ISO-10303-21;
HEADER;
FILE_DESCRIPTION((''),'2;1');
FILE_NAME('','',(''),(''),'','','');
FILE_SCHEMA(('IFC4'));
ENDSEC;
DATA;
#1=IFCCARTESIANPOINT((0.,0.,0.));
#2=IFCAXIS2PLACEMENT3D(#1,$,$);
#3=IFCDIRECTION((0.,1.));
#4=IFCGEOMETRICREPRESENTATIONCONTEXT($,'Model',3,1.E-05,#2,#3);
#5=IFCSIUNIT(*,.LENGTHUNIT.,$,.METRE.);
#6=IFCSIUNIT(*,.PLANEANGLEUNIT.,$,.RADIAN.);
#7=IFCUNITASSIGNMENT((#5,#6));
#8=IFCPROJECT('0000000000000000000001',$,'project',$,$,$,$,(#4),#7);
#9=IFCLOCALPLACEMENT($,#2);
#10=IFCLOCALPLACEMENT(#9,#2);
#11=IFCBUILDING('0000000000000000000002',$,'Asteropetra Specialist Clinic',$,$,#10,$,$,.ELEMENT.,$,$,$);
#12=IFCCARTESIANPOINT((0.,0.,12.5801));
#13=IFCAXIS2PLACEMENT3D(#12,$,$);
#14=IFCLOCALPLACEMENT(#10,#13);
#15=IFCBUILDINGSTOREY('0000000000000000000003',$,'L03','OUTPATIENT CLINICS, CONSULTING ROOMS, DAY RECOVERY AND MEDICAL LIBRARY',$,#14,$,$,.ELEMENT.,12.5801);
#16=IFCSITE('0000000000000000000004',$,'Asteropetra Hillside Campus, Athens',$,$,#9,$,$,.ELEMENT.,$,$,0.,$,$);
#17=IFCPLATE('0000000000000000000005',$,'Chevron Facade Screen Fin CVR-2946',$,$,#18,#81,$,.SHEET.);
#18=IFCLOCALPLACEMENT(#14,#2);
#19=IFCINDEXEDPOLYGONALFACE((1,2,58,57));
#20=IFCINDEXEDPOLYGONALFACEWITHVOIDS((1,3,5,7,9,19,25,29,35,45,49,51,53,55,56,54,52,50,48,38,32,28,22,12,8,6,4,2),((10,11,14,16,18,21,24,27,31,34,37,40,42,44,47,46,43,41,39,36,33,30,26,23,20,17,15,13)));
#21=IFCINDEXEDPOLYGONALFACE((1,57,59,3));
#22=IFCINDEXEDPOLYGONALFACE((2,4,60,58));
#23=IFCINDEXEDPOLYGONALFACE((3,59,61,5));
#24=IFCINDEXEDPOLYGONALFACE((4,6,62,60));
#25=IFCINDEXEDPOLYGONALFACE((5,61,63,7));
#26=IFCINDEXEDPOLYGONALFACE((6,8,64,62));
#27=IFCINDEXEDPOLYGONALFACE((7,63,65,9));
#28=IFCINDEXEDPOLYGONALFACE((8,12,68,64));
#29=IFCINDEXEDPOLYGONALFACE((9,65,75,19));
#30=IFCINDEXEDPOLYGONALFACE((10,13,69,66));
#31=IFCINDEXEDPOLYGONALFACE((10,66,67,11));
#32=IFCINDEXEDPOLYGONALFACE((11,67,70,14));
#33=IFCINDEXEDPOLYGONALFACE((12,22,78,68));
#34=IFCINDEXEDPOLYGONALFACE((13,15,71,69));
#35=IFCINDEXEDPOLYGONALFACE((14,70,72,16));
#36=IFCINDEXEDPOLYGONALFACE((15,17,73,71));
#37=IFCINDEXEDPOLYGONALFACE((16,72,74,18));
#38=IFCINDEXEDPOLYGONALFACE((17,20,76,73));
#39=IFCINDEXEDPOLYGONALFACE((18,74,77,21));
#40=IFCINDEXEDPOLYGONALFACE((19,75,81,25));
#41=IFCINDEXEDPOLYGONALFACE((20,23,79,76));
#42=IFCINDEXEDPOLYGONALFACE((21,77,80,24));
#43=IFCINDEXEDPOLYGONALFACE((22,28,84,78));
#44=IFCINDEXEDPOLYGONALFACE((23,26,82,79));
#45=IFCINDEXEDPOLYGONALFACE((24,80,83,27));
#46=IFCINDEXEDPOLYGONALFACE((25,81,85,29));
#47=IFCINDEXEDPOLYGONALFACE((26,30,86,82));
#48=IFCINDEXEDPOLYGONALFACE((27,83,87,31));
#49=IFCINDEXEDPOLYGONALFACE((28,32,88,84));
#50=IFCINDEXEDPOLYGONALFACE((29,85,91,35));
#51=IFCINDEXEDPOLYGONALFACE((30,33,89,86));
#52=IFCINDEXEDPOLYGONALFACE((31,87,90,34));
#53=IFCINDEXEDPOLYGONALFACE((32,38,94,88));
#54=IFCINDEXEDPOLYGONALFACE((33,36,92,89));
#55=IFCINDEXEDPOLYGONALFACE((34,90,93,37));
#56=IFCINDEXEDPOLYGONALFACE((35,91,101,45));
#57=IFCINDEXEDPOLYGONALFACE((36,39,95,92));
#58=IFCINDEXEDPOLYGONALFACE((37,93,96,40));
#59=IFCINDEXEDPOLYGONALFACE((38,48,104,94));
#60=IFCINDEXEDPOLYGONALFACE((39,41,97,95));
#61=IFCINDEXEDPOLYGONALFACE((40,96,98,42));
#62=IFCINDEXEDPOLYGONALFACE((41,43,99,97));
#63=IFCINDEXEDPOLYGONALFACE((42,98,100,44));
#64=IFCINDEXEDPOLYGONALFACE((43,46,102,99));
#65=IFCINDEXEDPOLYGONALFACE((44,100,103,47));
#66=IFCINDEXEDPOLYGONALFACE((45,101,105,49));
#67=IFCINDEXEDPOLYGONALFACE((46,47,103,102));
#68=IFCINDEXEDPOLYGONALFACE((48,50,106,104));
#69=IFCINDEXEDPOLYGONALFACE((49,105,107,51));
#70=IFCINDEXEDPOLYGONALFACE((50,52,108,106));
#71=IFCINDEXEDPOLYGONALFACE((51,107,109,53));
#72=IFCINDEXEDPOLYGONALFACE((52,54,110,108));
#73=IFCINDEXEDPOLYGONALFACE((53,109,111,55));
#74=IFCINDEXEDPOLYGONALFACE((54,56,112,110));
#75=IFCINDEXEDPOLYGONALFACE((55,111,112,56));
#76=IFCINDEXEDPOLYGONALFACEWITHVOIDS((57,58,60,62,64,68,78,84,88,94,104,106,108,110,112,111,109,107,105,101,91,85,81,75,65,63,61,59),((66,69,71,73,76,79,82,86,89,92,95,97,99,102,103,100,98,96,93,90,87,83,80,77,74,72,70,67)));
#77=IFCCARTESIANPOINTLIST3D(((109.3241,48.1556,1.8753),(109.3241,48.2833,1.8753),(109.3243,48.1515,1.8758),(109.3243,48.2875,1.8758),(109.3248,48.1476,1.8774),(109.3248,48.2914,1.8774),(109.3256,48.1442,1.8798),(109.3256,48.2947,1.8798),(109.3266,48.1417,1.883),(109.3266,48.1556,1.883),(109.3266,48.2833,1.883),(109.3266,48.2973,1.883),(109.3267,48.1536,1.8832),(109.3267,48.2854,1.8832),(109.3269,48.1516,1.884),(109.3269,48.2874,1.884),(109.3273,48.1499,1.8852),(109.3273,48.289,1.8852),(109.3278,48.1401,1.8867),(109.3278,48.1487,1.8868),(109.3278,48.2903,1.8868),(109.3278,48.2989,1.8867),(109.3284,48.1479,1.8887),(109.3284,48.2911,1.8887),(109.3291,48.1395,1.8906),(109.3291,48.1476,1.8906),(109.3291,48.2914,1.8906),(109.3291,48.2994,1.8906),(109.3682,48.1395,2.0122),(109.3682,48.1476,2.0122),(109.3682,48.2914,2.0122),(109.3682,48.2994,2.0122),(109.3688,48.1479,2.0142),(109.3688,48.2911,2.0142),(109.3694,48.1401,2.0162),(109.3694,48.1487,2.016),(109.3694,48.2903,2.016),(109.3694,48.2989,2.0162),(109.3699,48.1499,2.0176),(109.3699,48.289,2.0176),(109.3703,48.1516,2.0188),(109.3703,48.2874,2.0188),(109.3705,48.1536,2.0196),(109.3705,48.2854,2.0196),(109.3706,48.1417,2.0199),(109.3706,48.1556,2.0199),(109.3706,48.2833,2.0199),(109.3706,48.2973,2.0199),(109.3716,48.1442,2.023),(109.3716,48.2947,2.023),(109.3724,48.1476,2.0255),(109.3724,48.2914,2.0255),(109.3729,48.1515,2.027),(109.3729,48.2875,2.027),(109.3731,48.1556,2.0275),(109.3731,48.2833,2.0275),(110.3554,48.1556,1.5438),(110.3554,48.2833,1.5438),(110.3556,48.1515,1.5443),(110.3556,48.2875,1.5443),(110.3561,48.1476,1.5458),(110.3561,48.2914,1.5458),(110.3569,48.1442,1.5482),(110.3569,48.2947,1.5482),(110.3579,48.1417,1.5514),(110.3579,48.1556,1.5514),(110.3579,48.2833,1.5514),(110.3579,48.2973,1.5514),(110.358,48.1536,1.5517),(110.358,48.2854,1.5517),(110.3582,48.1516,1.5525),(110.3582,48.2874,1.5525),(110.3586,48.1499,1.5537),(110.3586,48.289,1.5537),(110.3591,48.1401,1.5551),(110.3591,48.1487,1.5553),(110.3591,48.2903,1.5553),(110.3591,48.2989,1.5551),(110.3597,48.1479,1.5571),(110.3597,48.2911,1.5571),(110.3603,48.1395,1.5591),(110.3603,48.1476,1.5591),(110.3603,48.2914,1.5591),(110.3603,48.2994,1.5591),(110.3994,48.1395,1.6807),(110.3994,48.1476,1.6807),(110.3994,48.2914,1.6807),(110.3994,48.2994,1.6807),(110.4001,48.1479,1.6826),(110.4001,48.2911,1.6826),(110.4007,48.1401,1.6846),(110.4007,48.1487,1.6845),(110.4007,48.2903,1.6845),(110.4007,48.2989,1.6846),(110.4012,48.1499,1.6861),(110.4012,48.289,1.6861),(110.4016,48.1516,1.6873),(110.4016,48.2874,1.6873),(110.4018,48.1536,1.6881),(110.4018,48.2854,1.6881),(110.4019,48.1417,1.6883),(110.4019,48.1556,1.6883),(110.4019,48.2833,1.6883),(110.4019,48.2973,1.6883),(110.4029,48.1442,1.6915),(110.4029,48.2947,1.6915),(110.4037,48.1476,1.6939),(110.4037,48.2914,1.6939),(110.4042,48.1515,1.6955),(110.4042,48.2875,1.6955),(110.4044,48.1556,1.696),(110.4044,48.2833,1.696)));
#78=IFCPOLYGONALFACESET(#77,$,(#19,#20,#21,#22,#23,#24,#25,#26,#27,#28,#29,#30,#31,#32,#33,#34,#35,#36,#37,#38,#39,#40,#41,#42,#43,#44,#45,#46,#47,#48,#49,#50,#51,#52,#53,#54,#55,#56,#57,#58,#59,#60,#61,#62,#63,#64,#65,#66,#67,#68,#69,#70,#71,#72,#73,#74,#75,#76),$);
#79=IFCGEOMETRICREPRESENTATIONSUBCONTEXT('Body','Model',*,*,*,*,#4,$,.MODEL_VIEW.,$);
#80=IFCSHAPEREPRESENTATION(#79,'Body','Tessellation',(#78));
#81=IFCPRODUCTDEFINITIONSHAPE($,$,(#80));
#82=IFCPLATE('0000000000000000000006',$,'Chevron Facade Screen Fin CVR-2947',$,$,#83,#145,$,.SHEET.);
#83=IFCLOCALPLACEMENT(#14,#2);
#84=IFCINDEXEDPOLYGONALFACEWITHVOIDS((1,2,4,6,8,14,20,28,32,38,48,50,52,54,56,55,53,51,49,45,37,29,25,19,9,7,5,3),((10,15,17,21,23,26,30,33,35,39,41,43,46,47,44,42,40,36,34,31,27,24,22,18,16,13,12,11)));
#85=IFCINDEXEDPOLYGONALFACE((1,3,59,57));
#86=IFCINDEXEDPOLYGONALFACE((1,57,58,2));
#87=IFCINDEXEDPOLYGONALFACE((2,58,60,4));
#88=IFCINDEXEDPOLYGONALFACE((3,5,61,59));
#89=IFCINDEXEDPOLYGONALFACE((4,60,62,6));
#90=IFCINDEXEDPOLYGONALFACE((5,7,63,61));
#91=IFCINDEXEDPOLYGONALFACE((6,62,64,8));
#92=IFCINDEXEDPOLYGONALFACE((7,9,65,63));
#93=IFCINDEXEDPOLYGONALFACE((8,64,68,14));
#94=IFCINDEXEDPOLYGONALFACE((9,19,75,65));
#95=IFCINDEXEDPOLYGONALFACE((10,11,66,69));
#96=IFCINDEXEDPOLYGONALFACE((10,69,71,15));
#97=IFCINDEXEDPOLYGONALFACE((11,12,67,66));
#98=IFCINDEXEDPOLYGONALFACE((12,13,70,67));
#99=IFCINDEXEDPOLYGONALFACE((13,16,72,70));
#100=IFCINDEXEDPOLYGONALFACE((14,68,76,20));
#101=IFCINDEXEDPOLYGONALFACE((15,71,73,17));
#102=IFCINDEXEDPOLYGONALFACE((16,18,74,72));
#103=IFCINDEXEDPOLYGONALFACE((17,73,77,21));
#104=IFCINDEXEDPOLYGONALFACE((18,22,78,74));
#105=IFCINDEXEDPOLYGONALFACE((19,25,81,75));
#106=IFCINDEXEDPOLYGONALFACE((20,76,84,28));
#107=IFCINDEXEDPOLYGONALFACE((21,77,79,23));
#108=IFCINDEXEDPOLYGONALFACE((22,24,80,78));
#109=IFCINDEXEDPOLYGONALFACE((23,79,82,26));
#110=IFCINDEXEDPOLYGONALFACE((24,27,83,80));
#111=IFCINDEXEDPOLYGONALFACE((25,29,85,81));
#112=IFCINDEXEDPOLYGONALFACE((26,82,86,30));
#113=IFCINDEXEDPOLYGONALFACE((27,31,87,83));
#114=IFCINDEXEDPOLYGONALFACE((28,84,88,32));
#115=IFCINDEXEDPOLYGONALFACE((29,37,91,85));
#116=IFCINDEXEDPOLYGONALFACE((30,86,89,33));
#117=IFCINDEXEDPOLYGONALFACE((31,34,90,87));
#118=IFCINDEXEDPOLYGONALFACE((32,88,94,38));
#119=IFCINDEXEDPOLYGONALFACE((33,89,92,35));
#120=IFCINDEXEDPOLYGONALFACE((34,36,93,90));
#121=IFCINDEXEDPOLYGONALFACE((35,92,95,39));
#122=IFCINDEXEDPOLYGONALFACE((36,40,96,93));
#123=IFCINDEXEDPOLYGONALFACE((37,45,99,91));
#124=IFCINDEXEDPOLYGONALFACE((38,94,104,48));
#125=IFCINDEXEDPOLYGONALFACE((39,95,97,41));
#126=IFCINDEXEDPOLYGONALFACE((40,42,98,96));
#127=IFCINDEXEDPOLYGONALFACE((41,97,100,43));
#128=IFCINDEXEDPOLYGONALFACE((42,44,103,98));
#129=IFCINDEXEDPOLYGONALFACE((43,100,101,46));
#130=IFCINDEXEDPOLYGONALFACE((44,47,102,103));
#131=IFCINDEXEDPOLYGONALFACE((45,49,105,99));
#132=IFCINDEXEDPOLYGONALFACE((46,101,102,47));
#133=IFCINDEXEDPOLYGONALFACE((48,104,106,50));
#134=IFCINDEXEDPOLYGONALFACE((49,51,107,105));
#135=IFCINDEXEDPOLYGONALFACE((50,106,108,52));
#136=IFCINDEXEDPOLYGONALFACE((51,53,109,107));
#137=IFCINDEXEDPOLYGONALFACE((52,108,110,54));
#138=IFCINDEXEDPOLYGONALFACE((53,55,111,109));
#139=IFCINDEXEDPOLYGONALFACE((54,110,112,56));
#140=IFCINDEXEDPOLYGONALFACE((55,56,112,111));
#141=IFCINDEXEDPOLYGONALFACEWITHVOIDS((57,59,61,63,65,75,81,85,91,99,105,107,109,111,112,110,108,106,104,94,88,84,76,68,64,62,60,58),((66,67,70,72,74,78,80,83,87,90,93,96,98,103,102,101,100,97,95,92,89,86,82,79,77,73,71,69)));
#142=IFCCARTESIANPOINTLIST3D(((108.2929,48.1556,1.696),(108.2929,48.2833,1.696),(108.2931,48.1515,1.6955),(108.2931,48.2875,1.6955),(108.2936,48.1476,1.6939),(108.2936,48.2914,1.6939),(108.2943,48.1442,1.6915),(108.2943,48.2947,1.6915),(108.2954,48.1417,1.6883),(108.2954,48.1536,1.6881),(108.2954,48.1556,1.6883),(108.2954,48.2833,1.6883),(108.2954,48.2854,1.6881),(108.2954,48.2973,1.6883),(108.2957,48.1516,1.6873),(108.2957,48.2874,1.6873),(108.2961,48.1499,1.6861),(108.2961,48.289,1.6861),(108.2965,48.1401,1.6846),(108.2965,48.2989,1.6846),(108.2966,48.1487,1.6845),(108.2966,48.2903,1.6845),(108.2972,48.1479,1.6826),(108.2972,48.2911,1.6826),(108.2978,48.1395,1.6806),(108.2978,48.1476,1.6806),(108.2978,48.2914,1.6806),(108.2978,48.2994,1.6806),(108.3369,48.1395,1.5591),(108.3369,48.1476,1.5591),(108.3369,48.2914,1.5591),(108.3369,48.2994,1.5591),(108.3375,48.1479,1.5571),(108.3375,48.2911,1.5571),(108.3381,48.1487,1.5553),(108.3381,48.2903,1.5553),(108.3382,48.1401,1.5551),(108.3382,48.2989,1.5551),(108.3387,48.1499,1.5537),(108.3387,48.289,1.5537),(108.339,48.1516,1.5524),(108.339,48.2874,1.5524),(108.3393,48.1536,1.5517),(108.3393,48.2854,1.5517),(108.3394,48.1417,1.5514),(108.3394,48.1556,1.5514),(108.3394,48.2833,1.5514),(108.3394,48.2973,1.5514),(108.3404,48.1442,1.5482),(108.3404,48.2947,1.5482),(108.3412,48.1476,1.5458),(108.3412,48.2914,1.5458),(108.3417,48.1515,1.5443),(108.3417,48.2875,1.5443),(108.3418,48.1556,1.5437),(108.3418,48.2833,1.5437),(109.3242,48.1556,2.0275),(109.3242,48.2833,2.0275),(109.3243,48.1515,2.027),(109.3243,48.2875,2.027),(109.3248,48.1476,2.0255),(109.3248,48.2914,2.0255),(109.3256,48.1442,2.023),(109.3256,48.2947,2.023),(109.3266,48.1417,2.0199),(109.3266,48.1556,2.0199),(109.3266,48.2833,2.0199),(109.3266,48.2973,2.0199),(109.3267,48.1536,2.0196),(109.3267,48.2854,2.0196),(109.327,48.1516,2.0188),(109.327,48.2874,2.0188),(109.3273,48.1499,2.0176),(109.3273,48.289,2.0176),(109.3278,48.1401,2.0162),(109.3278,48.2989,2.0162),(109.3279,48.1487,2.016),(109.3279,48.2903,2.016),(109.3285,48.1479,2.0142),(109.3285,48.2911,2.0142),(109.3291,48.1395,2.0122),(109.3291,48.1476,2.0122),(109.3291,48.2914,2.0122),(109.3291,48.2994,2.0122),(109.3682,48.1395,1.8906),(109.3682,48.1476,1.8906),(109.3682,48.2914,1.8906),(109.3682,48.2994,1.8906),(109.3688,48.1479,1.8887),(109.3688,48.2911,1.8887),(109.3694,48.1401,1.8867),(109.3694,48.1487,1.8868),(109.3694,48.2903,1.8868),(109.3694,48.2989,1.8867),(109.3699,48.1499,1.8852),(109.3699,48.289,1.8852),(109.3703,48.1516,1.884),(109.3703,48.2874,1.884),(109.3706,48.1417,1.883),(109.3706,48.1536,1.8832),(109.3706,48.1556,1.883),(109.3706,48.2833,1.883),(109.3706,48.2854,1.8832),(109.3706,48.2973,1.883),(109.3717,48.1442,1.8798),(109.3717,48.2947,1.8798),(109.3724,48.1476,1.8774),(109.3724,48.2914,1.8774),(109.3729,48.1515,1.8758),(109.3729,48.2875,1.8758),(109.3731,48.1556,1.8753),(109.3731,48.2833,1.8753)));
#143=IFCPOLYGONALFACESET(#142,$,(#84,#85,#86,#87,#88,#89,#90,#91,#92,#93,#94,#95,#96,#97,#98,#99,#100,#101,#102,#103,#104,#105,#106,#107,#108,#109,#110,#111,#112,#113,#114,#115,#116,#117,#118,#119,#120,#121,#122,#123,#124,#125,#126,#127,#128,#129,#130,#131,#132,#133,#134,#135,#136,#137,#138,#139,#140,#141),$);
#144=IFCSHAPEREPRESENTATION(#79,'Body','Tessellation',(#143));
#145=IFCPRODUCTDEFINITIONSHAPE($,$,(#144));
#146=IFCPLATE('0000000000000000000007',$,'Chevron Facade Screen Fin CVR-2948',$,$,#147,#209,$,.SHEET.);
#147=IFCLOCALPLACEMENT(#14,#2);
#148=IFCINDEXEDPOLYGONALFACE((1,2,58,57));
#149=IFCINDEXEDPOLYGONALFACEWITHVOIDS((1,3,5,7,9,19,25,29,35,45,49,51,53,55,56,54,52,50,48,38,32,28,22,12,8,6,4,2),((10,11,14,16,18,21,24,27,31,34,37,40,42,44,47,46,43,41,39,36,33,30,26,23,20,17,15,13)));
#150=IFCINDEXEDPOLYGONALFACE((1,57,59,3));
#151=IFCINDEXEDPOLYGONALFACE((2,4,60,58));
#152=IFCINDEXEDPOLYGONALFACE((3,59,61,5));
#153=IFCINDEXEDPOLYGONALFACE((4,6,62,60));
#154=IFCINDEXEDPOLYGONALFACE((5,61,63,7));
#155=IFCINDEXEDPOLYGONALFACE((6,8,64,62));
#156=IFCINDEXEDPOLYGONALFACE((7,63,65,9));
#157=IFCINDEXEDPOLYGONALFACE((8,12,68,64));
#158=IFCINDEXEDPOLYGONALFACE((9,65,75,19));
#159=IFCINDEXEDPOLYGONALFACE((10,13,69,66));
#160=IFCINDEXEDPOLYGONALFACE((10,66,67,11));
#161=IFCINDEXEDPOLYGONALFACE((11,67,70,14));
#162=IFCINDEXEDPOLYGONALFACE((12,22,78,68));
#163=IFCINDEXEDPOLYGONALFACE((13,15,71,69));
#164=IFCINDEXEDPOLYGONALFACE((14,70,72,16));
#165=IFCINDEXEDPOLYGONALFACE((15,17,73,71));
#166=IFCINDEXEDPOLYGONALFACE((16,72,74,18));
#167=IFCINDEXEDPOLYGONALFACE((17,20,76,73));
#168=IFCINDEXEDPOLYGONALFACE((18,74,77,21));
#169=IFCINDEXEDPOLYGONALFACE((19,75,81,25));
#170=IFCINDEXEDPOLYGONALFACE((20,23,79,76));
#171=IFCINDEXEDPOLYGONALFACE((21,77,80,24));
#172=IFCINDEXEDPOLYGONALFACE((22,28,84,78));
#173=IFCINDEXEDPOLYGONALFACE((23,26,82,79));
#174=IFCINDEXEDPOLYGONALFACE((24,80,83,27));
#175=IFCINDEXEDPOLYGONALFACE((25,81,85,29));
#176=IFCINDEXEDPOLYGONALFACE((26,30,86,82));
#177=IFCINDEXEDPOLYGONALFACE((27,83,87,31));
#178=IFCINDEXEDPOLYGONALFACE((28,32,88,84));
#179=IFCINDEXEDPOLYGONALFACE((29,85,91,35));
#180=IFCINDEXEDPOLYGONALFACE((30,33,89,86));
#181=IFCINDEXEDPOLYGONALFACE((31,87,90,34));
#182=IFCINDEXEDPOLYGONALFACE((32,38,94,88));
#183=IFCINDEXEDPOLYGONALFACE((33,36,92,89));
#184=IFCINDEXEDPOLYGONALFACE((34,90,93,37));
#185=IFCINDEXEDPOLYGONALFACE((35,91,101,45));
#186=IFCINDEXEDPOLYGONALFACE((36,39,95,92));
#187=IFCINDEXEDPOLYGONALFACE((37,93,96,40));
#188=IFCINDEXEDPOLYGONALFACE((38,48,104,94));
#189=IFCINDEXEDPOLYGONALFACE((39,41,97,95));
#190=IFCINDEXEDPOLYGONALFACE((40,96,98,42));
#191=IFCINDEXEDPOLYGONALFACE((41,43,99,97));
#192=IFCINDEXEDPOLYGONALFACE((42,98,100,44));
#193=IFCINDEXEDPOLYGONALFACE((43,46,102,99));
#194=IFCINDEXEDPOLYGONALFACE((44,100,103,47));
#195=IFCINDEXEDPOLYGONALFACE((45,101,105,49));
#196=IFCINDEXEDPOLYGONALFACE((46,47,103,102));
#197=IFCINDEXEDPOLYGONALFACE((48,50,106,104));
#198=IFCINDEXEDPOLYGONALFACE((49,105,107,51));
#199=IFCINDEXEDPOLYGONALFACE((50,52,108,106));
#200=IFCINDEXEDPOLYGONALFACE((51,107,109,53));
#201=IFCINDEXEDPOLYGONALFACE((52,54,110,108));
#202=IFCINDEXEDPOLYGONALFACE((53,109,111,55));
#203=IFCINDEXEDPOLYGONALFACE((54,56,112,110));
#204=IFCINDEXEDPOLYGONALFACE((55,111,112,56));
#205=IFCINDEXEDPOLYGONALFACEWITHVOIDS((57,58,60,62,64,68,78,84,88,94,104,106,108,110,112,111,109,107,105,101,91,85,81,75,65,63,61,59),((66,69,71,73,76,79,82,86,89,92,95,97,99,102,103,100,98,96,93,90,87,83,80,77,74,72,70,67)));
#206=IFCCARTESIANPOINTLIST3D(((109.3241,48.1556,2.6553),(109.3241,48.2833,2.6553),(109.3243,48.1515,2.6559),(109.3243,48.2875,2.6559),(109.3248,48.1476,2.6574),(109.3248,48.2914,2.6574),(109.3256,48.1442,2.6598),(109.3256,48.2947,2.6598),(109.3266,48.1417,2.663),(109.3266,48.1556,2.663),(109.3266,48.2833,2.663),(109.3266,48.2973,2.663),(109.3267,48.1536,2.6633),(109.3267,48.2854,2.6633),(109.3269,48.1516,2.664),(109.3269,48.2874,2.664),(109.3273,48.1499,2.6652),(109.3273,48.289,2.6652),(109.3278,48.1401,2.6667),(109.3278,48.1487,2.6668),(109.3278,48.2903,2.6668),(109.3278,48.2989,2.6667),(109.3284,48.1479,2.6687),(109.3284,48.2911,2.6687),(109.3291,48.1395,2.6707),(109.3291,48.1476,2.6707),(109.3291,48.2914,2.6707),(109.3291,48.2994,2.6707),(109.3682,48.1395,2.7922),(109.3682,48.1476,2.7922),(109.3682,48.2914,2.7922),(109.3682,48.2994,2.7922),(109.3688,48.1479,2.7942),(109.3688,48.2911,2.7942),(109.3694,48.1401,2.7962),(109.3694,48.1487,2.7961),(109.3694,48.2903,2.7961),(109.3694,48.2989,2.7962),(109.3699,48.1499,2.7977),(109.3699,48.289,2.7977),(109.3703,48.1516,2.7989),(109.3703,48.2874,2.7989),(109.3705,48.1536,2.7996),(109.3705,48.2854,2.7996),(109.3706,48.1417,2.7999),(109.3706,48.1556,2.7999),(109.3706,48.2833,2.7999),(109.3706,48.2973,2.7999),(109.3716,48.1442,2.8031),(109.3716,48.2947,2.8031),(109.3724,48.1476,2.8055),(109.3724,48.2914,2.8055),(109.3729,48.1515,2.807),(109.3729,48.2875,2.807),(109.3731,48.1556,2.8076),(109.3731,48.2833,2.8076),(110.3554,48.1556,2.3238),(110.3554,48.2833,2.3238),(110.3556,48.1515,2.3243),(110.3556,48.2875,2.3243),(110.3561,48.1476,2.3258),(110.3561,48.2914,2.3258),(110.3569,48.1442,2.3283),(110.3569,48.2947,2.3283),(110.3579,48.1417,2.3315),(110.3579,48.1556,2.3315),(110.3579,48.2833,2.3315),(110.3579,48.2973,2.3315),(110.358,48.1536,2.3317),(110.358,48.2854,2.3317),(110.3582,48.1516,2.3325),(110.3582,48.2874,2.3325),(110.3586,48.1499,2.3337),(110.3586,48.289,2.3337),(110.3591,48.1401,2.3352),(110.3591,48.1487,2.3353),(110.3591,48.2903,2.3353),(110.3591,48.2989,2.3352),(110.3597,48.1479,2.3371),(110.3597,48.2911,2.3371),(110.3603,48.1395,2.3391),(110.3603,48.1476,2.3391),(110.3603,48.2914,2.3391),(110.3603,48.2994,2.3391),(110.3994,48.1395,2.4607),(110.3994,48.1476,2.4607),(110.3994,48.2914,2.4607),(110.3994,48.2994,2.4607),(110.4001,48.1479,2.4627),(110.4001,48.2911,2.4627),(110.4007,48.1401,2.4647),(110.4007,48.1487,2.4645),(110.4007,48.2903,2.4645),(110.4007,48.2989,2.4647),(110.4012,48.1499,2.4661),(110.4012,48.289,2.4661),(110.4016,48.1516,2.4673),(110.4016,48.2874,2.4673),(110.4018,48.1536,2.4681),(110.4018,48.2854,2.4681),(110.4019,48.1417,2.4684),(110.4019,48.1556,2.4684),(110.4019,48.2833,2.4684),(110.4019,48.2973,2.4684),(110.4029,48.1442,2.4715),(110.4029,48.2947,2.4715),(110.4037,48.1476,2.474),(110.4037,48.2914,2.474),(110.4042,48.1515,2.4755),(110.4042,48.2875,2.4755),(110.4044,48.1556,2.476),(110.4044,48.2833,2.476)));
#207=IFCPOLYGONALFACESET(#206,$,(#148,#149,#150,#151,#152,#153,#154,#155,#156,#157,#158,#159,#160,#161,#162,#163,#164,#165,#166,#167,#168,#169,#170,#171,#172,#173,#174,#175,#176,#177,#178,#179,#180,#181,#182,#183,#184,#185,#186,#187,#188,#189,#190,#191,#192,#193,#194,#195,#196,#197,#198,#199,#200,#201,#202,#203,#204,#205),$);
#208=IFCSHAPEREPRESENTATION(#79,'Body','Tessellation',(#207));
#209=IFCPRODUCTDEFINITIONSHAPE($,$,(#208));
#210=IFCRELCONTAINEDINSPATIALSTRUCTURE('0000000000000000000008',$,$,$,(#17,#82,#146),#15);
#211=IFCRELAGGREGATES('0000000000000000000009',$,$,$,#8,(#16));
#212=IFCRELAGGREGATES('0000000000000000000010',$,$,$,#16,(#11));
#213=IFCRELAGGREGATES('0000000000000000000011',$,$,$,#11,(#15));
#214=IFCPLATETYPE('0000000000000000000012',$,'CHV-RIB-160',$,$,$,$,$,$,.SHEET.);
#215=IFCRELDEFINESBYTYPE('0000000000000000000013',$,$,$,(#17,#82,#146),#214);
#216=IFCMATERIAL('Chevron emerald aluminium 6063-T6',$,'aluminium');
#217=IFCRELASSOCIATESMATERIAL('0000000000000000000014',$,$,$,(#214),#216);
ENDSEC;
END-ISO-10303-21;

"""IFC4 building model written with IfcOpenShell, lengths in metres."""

from ifc_helpers import new_model, si_unit, direction, frame, origin, origin_2d, place, context, subcontext, project, spatial, hollow_rectangle, extrude, material, material_profile, profile_set, type_object, element, save


model = new_model("IFC4")

# Units and contexts
model_context = context("Model", 3, precision=1e-05, world=origin(), true_north=direction((0.0, 1.0)))
body_context = subcontext(model_context, "Body", "Model", "MODEL_VIEW")
ifc_project = project(units=[si_unit("LENGTHUNIT", "METRE"), si_unit("PLANEANGLEUNIT", "RADIAN")], contexts=[model_context])

# Site, building, storey
site_placement = place(None, origin())
site = spatial("IfcSite", under=ifc_project, at=site_placement, Name="Asteropetra Hillside Campus, Athens", CompositionType="ELEMENT", RefElevation=0.0)
building_placement = place(site_placement, origin())
building = spatial("IfcBuilding", under=site, at=building_placement, Name="Asteropetra Specialist Clinic", CompositionType="ELEMENT")
storey_placement = place(building_placement, frame((0.0, 0.0, 12.5801)))
storey = spatial("IfcBuildingStorey", under=building, at=storey_placement, Name="L03", Description="OUTPATIENT CLINICS, CONSULTING ROOMS, DAY RECOVERY AND MEDICAL LIBRARY", CompositionType="ELEMENT", Elevation=12.5801)

# Plates
ifc_material_1 = material(Name="Chevron emerald aluminium 6063-T6", Category="aluminium")
ifc_material_profile = material_profile(ifc_material_1, hollow_rectangle(XDim=0.1599, YDim=0.1599, WallThickness=0.0081, InnerFilletRadius=0.0081, OuterFilletRadius=0.0161, at=origin_2d()), Name="SHS 160x160x8.0")
ifc_profile_set = profile_set([ifc_material_profile], Name="Chevron emerald aluminium 6063-T6")
plate_type_1 = type_object("IfcPlateType", Name="CHV-RIB-160", PredefinedType="SHEET", material=ifc_profile_set)
for number, where, z_axis, x_axis, name in (
    (1, (110.3799, 48.2195, 1.6199), (-0.95201, 0.0, 0.306068), (0.0, -1.0, 0.0), "Chevron Facade Screen Fin CVR-2946"),
    (2, (109.3486, 48.2195, 1.9514), (-0.95201, 0.0, -0.306068), (0.0, -1.0, 0.0), "Chevron Facade Screen Fin CVR-2947"),
    (3, (110.3799, 48.2195, 2.3999), (-0.95201, 0.0, 0.306068), (0.0, -1.0, 0.0), "Chevron Facade Screen Fin CVR-2948"),
):
    element("IfcPlate", number, at=place(storey_placement, frame(where, z_axis=z_axis, x_axis=x_axis)), inside=storey, type_object=plate_type_1, Name=name, PredefinedType="SHEET", context=body_context, shape_type="SweptSolid", body=[
        extrude(hollow_rectangle(XDim=0.1599, YDim=0.1599, WallThickness=0.0081, InnerFilletRadius=0.0081, OuterFilletRadius=0.0161, at=origin_2d()), origin(), (0.0, 0.0, 1.0), 1.0833),
    ])

save(model, "model.ifc")
